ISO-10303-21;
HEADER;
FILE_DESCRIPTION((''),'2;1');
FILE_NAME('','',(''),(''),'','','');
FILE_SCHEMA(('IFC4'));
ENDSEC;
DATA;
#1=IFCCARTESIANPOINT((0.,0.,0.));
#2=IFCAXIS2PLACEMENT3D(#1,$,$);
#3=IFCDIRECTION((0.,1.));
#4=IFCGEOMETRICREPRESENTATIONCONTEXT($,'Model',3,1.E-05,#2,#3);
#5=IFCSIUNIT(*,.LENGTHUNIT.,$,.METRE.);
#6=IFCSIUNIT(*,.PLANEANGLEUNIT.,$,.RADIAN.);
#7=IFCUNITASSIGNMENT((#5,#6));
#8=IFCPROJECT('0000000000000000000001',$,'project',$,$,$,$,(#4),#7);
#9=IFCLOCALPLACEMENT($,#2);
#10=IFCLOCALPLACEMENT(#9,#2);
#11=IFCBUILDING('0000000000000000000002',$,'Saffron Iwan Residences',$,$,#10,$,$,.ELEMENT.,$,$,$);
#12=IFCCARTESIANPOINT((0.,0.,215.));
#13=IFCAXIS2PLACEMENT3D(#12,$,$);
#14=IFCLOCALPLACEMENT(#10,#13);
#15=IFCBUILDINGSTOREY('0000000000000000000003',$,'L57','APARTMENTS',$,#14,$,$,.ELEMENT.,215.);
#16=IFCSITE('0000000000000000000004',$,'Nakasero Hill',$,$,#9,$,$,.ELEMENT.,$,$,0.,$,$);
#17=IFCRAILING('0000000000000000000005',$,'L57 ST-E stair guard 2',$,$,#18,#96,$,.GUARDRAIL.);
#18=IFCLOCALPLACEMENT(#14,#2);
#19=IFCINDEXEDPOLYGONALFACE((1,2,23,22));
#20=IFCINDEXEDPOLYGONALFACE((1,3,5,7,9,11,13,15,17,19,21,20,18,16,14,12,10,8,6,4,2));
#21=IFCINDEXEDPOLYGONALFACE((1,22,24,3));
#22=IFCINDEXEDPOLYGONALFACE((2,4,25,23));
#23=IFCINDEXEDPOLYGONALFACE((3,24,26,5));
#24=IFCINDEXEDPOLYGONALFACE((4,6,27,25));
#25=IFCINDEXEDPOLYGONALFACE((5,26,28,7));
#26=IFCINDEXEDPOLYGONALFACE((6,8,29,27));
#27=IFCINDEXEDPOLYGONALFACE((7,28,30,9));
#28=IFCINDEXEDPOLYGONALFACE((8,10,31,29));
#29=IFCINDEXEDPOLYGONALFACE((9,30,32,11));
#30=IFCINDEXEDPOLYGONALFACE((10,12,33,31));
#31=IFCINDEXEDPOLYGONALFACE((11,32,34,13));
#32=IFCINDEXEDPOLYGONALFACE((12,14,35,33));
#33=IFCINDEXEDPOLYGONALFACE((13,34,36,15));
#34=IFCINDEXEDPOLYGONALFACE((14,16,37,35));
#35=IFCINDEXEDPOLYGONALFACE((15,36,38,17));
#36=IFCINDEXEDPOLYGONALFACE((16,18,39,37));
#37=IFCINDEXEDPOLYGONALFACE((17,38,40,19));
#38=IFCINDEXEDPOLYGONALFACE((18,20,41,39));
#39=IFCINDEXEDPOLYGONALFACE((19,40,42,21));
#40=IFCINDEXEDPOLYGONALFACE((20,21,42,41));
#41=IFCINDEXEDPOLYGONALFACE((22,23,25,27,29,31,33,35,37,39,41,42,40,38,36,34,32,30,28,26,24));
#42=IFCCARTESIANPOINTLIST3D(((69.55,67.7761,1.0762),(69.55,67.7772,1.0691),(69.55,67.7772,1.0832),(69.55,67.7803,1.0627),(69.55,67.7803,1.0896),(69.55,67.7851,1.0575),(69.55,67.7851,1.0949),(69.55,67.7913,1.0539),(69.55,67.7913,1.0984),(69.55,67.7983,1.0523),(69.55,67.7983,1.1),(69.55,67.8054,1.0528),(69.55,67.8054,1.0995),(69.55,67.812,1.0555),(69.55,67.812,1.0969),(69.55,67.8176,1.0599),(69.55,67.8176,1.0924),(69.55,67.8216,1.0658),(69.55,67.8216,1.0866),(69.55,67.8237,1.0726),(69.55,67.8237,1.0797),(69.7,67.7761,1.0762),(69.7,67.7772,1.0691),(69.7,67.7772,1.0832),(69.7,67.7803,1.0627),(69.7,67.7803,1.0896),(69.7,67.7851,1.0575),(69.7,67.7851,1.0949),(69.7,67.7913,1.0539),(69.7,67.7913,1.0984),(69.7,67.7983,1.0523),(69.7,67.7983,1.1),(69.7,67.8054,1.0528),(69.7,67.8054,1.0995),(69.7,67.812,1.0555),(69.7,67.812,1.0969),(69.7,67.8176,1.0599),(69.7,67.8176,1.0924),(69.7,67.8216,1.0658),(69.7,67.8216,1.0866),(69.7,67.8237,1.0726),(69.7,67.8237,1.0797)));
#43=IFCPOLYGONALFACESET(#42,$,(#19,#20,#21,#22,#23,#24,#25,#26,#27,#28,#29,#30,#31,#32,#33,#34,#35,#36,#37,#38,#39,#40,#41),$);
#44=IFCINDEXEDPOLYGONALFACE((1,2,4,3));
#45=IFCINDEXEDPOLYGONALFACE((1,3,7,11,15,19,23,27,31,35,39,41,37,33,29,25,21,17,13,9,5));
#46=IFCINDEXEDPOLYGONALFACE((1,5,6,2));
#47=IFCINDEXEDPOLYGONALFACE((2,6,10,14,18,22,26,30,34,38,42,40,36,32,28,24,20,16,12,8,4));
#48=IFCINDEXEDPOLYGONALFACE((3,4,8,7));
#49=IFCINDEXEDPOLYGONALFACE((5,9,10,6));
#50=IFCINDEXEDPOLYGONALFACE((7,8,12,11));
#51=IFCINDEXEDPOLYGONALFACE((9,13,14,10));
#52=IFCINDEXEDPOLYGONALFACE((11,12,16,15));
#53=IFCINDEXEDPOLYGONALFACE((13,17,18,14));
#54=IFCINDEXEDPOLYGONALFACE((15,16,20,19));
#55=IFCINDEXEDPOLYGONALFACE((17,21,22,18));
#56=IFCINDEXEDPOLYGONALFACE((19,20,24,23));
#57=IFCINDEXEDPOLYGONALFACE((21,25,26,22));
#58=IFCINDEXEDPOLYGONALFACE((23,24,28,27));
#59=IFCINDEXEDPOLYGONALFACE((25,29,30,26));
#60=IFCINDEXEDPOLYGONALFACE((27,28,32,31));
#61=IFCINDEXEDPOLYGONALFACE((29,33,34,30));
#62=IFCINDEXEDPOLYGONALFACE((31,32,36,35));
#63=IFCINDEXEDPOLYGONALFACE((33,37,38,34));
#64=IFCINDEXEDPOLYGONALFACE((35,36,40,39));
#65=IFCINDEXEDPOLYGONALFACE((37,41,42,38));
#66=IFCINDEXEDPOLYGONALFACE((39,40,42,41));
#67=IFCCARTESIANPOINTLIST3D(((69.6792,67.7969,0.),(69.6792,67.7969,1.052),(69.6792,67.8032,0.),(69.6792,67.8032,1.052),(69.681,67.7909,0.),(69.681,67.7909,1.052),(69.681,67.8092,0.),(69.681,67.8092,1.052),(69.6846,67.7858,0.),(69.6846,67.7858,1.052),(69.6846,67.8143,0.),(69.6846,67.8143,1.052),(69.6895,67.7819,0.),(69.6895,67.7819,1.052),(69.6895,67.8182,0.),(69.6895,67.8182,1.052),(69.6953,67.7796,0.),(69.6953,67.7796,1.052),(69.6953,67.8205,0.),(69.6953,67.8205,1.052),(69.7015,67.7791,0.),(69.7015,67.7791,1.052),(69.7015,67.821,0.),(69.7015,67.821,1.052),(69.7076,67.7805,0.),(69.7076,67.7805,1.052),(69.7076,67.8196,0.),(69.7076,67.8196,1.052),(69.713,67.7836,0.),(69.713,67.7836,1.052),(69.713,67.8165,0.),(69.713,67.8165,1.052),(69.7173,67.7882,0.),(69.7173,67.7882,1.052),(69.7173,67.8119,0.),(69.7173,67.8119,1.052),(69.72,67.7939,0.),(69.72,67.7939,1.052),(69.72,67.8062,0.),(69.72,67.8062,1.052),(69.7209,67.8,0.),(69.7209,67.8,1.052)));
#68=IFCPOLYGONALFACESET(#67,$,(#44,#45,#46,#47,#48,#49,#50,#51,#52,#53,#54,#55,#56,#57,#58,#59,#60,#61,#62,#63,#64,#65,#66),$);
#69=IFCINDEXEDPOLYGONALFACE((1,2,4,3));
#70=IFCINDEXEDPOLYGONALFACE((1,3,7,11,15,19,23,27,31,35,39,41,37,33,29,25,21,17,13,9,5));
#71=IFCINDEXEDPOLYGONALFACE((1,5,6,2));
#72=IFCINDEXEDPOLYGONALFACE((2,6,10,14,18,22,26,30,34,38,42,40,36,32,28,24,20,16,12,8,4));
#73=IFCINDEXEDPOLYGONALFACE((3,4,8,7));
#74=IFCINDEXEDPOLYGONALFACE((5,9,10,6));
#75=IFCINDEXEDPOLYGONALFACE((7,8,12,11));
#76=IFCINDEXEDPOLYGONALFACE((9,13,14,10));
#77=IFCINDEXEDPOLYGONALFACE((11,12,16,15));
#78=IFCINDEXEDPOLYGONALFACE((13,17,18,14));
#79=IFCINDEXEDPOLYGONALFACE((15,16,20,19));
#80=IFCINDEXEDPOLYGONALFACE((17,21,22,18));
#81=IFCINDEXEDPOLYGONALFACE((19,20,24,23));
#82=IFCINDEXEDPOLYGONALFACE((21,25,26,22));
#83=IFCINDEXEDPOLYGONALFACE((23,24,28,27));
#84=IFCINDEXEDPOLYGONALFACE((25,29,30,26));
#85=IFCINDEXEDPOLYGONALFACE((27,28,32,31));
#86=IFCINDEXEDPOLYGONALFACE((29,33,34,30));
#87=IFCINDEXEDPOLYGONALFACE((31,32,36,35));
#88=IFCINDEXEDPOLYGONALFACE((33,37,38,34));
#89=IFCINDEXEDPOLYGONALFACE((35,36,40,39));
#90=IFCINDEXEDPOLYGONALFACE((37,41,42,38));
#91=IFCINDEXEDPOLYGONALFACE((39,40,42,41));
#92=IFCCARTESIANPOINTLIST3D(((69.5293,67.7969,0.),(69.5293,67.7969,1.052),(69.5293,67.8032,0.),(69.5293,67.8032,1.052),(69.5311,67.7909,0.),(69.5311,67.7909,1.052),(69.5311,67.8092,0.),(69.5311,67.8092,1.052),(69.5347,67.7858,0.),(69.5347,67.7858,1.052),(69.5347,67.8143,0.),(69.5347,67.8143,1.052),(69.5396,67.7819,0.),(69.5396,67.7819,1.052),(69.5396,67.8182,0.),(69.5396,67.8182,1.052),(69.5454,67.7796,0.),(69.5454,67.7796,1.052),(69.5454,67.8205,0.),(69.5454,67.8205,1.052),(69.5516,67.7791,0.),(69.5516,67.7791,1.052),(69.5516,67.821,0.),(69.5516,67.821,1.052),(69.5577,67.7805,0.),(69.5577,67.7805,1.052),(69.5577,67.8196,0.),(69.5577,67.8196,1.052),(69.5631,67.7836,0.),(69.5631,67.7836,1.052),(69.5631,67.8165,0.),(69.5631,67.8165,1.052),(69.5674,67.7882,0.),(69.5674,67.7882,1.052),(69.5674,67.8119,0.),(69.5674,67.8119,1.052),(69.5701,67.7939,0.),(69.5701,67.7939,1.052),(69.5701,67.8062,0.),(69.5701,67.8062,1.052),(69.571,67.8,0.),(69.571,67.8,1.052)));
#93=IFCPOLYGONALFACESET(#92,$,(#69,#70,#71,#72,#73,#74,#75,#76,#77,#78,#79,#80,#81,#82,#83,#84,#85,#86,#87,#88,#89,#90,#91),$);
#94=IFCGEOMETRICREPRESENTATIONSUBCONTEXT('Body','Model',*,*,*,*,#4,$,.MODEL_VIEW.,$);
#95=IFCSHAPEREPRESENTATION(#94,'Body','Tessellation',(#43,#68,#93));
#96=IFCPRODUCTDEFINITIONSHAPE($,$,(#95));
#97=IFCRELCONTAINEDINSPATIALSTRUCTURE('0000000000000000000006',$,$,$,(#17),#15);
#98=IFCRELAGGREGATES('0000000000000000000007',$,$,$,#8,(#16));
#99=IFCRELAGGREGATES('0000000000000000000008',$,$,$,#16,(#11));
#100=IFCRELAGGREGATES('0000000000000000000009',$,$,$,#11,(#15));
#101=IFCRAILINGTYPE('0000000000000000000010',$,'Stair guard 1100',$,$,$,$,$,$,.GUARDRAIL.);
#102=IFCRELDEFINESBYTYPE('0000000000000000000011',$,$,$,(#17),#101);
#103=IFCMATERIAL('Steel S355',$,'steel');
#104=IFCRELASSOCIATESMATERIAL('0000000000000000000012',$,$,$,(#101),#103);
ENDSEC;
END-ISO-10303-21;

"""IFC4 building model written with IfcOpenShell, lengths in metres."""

from ifc_helpers import new_model, si_unit, direction, frame, origin, origin_2d, place, context, subcontext, project, spatial, circle, extrude, material, type_object, element, save


model = new_model("IFC4")

# Units and contexts
model_context = context("Model", 3, precision=1e-05, world=origin(), true_north=direction((0.0, 1.0)))
body_context = subcontext(model_context, "Body", "Model", "MODEL_VIEW")
ifc_project = project(units=[si_unit("LENGTHUNIT", "METRE"), si_unit("PLANEANGLEUNIT", "RADIAN")], contexts=[model_context])

# Site, building, storey
site_placement = place(None, origin())
site = spatial("IfcSite", under=ifc_project, at=site_placement, Name="Nakasero Hill", CompositionType="ELEMENT", RefElevation=0.0)
building_placement = place(site_placement, origin())
building = spatial("IfcBuilding", under=site, at=building_placement, Name="Saffron Iwan Residences", CompositionType="ELEMENT")
storey_placement = place(building_placement, frame((0.0, 0.0, 215.0)))
storey = spatial("IfcBuildingStorey", under=building, at=storey_placement, Name="L57", Description="APARTMENTS", CompositionType="ELEMENT", Elevation=215.0)

# Railing
ifc_material_1 = material(Name="Steel S355", Category="steel")
railing_type_1 = type_object("IfcRailingType", Name="Stair guard 1100", PredefinedType="GUARDRAIL", material=ifc_material_1)
railing_1_placement = place(storey_placement, frame((69.7, 67.8, 0.0)))
element("IfcRailing", 1, at=railing_1_placement, inside=storey, type_object=railing_type_1, Name="L57 ST-E stair guard 2", PredefinedType="GUARDRAIL", context=body_context, shape_type="SweptSolid", body=[
    extrude(circle(Radius=0.0239, at=origin_2d()), frame((0.0, 0.0, 1.0762), z_axis=(-1.0, 0.0, 0.0), x_axis=(0.0, -1.0, 0.0)), (0.0, 0.0, 1.0), 0.1499),
    extrude(circle(Radius=0.021, at=origin_2d()), origin(), (0.0, 0.0, 1.0), 1.052),
    extrude(circle(Radius=0.021, at=origin_2d()), frame((-0.1499, 0.0, 0.0)), (0.0, 0.0, 1.0), 1.052),
])

save(model, "model.ifc")
